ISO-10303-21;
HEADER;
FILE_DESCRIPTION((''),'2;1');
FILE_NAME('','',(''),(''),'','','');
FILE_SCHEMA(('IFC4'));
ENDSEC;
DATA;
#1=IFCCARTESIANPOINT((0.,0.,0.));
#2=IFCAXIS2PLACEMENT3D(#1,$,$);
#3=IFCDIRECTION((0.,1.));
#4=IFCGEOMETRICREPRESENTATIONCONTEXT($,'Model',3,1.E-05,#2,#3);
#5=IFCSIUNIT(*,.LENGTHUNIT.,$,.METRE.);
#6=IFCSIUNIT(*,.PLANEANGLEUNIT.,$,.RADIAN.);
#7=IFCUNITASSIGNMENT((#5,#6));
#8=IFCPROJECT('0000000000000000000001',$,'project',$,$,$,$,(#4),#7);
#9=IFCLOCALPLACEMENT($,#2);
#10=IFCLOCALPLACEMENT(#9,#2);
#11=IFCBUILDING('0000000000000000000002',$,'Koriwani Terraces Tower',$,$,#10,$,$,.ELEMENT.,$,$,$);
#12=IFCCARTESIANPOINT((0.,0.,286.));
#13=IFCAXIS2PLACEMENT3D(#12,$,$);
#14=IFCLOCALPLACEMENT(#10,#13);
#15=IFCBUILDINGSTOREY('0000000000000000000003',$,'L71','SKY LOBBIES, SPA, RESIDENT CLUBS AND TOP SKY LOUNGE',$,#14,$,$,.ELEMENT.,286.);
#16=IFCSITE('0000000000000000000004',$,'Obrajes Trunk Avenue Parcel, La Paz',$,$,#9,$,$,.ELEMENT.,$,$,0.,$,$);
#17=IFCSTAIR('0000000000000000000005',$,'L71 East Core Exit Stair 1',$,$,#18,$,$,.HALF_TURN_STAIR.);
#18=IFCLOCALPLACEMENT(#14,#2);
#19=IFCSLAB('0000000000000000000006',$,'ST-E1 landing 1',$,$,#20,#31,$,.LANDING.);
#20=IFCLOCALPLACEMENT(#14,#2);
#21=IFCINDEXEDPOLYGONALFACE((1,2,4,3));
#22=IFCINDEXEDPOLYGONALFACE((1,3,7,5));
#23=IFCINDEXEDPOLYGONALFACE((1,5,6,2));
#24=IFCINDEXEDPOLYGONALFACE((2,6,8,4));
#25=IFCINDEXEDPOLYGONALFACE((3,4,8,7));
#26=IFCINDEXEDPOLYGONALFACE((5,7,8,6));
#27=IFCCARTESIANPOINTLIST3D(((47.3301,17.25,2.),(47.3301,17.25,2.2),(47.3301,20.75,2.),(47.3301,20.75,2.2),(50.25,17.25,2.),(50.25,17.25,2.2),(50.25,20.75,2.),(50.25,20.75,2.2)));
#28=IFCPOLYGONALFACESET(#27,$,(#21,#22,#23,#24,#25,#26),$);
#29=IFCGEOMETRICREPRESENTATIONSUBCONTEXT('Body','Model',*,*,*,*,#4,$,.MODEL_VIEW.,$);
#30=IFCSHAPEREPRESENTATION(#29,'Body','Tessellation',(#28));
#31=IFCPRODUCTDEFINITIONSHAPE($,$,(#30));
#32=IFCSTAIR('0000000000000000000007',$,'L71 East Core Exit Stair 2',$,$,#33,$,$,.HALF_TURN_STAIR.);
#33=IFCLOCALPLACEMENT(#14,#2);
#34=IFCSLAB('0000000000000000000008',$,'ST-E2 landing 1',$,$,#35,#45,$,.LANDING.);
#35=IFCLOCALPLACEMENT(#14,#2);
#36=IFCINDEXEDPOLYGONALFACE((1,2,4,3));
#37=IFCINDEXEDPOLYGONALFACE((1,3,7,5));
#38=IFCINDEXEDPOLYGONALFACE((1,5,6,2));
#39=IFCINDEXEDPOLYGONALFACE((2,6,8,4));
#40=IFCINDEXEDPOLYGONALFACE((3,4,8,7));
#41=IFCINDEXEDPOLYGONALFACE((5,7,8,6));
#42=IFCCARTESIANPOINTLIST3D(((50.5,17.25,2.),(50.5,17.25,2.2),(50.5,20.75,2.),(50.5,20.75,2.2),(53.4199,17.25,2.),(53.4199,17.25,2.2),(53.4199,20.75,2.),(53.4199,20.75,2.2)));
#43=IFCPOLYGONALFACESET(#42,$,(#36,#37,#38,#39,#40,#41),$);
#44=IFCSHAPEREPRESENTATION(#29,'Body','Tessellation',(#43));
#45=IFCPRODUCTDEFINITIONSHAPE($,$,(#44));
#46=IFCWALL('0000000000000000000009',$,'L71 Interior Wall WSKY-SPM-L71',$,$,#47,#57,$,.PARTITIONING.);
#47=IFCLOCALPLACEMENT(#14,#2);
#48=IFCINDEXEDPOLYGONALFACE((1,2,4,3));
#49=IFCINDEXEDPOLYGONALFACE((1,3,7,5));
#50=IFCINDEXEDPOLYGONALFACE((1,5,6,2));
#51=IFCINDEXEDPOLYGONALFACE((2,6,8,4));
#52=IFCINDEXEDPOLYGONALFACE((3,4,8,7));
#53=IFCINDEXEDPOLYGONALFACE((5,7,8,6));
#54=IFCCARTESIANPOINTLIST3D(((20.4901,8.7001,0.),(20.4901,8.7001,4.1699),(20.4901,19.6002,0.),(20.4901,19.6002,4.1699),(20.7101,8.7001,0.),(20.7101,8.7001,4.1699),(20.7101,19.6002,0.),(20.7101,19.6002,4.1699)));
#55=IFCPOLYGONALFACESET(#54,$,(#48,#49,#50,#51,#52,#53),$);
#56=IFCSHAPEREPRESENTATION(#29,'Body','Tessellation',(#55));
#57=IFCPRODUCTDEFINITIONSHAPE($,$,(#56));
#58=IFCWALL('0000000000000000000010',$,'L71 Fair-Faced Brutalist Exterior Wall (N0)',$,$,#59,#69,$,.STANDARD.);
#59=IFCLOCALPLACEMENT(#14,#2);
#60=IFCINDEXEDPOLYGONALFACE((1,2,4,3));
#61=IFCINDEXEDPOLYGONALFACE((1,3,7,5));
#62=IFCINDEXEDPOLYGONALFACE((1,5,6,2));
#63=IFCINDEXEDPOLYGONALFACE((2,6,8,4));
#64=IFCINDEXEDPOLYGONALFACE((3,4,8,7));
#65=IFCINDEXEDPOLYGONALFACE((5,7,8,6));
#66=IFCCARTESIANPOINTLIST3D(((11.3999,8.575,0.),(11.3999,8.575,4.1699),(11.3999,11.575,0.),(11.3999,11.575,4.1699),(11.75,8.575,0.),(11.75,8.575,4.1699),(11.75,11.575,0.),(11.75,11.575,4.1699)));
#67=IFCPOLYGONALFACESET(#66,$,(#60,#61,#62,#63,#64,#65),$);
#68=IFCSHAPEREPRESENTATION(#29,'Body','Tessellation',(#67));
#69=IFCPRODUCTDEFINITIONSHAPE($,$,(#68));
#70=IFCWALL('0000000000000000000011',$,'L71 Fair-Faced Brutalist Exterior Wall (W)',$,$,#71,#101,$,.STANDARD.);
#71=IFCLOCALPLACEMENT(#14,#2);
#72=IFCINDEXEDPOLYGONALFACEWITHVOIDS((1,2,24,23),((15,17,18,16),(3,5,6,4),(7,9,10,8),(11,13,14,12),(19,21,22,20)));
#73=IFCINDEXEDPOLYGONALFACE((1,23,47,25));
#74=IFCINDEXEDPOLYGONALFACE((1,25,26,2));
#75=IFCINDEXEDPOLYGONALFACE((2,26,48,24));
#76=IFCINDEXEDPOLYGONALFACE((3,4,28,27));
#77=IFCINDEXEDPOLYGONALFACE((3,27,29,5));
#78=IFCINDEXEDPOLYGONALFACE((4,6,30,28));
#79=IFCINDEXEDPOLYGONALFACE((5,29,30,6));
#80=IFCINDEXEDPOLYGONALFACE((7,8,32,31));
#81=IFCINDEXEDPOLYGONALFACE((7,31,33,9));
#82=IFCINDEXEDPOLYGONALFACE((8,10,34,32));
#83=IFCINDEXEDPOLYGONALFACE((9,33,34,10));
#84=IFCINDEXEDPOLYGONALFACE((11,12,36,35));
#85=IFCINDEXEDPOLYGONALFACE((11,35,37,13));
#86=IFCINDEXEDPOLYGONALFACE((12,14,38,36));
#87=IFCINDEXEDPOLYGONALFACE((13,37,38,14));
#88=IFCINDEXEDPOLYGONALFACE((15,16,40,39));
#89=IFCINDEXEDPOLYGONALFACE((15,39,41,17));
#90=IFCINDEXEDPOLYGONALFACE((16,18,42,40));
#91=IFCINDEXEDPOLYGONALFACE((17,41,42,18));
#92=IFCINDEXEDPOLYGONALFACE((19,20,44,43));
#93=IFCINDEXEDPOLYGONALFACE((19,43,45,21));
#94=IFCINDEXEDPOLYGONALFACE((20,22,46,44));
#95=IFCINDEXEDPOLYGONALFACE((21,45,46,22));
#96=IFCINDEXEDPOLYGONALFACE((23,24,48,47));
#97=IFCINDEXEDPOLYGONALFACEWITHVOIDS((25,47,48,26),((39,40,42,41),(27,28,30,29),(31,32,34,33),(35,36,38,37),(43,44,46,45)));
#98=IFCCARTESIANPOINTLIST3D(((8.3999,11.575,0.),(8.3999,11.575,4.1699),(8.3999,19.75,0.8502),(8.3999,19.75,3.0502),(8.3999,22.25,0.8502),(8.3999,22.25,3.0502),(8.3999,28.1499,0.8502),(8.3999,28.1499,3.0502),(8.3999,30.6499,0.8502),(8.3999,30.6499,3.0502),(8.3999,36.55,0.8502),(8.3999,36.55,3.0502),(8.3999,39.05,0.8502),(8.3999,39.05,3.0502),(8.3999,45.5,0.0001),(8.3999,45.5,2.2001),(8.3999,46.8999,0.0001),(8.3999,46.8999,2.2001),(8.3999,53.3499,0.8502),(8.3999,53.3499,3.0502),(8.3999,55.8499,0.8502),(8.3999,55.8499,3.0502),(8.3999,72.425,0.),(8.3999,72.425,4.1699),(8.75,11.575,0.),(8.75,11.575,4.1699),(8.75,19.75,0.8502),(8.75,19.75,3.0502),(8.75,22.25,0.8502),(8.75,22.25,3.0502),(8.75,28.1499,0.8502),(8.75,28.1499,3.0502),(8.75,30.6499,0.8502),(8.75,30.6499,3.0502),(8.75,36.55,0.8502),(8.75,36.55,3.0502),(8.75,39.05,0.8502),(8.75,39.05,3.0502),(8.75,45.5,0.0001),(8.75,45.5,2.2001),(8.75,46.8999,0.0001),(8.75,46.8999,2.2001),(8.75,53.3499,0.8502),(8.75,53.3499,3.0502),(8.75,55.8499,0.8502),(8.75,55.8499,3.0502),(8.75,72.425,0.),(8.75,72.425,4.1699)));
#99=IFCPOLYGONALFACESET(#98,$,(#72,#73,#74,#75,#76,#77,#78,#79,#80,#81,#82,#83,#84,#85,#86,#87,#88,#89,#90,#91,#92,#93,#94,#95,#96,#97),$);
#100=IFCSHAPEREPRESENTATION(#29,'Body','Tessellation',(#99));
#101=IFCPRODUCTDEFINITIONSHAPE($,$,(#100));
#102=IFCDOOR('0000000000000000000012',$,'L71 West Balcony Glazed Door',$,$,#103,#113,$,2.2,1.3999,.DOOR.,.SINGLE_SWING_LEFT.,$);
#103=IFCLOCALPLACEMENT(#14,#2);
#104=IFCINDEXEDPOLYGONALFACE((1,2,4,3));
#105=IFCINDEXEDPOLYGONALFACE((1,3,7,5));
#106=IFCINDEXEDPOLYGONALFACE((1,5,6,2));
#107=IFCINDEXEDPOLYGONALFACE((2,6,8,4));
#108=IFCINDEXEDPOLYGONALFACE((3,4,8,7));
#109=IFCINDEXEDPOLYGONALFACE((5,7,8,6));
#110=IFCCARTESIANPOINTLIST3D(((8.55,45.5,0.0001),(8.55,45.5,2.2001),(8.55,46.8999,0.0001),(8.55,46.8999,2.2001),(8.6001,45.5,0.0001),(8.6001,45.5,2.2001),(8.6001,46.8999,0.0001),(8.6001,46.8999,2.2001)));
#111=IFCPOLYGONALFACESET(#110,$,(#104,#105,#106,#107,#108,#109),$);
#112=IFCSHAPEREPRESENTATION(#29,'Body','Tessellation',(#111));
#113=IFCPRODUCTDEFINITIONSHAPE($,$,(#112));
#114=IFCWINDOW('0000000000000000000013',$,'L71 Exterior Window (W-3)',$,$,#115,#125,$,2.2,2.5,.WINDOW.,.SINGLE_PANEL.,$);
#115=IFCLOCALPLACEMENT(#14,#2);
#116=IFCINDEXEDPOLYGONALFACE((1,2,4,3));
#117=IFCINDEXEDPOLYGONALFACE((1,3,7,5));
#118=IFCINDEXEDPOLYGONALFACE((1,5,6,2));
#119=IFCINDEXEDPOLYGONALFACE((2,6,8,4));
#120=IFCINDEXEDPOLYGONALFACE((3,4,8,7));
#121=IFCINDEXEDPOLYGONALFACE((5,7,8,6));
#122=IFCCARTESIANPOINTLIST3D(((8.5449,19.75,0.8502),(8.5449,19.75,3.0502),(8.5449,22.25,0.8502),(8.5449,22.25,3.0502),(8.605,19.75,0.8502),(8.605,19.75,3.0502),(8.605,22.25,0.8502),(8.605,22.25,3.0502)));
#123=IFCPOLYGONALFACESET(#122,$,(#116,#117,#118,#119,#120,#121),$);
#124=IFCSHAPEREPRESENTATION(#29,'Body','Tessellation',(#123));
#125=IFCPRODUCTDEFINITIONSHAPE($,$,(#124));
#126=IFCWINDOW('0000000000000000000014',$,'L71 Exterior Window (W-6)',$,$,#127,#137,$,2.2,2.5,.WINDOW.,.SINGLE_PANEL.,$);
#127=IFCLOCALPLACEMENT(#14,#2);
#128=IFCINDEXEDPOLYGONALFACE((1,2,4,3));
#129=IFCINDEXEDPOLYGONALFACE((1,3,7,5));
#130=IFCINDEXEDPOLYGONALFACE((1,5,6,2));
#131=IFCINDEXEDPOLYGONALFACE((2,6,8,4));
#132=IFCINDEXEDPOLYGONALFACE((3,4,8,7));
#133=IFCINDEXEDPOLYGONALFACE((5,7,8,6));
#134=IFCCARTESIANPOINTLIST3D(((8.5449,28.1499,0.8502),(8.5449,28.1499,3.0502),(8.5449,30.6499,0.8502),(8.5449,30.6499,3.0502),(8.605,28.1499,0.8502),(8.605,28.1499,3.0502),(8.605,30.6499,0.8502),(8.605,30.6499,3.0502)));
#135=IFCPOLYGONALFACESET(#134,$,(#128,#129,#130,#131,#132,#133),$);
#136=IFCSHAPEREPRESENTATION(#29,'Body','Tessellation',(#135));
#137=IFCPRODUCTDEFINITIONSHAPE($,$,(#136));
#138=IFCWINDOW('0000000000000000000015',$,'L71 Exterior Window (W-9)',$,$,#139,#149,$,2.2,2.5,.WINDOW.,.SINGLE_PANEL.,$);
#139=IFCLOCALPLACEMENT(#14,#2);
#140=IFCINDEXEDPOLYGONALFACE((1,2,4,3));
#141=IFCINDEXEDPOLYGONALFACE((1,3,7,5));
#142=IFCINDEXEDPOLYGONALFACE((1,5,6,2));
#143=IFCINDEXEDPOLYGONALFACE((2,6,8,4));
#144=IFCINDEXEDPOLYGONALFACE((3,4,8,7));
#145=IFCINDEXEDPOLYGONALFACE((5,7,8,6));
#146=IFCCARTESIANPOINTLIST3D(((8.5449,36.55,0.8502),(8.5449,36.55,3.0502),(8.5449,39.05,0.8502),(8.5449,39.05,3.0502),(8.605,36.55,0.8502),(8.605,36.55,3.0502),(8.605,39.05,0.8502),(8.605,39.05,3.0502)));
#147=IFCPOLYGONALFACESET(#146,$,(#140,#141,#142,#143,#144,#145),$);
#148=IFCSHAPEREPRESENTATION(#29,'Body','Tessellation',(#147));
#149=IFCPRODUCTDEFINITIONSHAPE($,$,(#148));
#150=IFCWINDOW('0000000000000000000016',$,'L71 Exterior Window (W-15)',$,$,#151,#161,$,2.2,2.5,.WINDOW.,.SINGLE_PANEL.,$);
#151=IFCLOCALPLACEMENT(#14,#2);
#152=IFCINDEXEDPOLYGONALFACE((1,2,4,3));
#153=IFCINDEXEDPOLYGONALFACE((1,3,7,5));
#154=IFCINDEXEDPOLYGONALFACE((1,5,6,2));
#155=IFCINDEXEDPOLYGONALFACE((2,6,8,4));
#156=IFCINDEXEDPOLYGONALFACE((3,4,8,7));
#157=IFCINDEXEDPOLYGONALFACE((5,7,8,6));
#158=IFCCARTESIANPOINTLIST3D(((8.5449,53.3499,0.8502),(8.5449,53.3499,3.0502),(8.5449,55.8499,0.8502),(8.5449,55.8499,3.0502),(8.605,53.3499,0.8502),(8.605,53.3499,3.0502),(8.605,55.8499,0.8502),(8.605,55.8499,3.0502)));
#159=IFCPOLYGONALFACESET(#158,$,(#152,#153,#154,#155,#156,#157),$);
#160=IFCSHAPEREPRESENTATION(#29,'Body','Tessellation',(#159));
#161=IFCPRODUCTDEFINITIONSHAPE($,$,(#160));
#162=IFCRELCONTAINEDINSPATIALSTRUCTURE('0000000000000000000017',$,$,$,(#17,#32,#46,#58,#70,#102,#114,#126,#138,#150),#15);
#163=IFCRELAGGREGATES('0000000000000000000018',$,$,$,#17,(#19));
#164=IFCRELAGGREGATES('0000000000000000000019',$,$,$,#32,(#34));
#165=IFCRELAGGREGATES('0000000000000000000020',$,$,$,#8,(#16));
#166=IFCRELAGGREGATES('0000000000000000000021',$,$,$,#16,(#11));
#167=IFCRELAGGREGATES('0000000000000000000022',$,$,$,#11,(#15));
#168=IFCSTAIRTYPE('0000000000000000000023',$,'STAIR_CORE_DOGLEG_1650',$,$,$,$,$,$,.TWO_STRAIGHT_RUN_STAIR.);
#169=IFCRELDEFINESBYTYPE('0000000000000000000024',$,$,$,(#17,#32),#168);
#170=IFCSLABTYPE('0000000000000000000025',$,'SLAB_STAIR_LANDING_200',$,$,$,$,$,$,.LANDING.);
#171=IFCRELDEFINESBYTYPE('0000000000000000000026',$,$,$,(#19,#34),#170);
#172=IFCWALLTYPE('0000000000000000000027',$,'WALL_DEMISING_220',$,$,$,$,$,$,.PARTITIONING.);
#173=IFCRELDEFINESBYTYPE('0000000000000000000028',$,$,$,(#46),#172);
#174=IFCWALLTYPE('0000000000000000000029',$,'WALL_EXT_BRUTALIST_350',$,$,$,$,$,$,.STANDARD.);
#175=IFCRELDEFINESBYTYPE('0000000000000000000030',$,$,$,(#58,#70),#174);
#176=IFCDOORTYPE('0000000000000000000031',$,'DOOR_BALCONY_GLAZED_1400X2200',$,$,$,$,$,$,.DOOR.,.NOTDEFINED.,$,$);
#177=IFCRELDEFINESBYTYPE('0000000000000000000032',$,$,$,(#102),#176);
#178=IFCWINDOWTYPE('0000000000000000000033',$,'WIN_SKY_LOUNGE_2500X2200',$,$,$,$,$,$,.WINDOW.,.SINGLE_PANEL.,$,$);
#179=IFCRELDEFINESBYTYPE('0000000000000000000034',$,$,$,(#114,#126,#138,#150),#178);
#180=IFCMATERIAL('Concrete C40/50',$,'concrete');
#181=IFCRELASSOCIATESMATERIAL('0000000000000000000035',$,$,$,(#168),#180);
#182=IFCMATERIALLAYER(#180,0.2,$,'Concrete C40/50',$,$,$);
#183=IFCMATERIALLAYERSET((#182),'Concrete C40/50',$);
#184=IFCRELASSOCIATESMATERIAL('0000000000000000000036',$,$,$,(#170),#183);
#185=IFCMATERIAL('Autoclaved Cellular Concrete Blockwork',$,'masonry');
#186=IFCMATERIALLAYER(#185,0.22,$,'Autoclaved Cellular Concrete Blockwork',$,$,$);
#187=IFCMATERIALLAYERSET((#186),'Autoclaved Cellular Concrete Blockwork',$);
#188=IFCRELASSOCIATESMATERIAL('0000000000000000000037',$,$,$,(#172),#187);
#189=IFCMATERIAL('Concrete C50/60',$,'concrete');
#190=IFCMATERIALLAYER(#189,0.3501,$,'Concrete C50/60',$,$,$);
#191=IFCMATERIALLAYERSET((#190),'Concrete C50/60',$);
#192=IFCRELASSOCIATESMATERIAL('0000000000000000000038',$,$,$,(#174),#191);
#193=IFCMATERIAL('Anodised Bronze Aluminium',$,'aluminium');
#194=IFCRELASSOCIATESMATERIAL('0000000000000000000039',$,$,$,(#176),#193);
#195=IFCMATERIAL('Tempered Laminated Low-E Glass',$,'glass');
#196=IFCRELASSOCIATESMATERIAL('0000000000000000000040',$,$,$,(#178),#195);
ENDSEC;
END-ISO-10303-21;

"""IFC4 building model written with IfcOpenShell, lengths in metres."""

from ifc_helpers import new_model, si_unit, direction, frame, frame_2d, origin, place, context, subcontext, project, spatial, polyline, rectangle, outline, extrude, material, layer, layer_set, type_object, element, fill, aggregate, save


model = new_model("IFC4")

# Units and contexts
model_context = context("Model", 3, precision=1e-05, world=origin(), true_north=direction((0.0, 1.0)))
body_context = subcontext(model_context, "Body", "Model", "MODEL_VIEW")
ifc_project = project(units=[si_unit("LENGTHUNIT", "METRE"), si_unit("PLANEANGLEUNIT", "RADIAN")], contexts=[model_context])

# Site, building, storey
site_placement = place(None, origin())
site = spatial("IfcSite", under=ifc_project, at=site_placement, Name="Obrajes Trunk Avenue Parcel, La Paz", CompositionType="ELEMENT", RefElevation=0.0)
building_placement = place(site_placement, origin())
building = spatial("IfcBuilding", under=site, at=building_placement, Name="Koriwani Terraces Tower", CompositionType="ELEMENT")
storey_placement = place(building_placement, frame((0.0, 0.0, 286.0)))
storey = spatial("IfcBuildingStorey", under=building, at=storey_placement, Name="L71", Description="SKY LOBBIES, SPA, RESIDENT CLUBS AND TOP SKY LOUNGE", CompositionType="ELEMENT", Elevation=286.0)

# Shared definitions
ifc_material_1 = material(Name="Concrete C50/60", Category="concrete")

# Shared definitions
ifc_material_2 = material(Name="Concrete C40/50", Category="concrete")

# Stairs, slabs
stair_type = type_object("IfcStairType", Name="STAIR_CORE_DOGLEG_1650", PredefinedType="TWO_STRAIGHT_RUN_STAIR", material=ifc_material_2)
ifc_layer_1 = layer(ifc_material_2, 0.2, Name="Concrete C40/50")
ifc_layer_set_1 = layer_set([ifc_layer_1], Name="Concrete C40/50")
slab_type_1 = type_object("IfcSlabType", Name="SLAB_STAIR_LANDING_200", PredefinedType="LANDING", material=ifc_layer_set_1)
stair_1_placement = place(storey_placement, origin())
stair_1 = element("IfcStair", 1, at=stair_1_placement, inside=storey, type_object=stair_type, Name="L71 East Core Exit Stair 1", PredefinedType="HALF_TURN_STAIR")
slab_1_placement = place(storey_placement, frame((0.0, 0.0, 2.0)))
slab_1 = element("IfcSlab", 2, at=slab_1_placement, type_object=slab_type_1, Name="ST-E1 landing 1", PredefinedType="LANDING", context=body_context, shape_type="SweptSolid", body=[
    extrude(outline(polyline([(47.3301, 17.25), (50.25, 17.25), (50.25, 20.75), (47.3301, 20.75), (47.3301, 17.25)])), origin(), (0.0, 0.0, 1.0), 0.2),
])
aggregate(stair_1, [slab_1])
stair_2_placement = place(storey_placement, origin())
stair_2 = element("IfcStair", 3, at=stair_2_placement, inside=storey, type_object=stair_type, Name="L71 East Core Exit Stair 2", PredefinedType="HALF_TURN_STAIR")
slab_2_placement = place(storey_placement, frame((0.0, 0.0, 2.0)))
slab_2 = element("IfcSlab", 4, at=slab_2_placement, type_object=slab_type_1, Name="ST-E2 landing 1", PredefinedType="LANDING", context=body_context, shape_type="SweptSolid", body=[
    extrude(outline(polyline([(53.4199, 20.75), (50.5, 20.75), (50.5, 17.25), (53.4199, 17.25), (53.4199, 20.75)])), origin(), (0.0, 0.0, 1.0), 0.2),
])
aggregate(stair_2, [slab_2])

# Walls
ifc_material_3 = material(Name="Autoclaved Cellular Concrete Blockwork", Category="masonry")
ifc_layer_2 = layer(ifc_material_3, 0.22, Name="Autoclaved Cellular Concrete Blockwork")
ifc_layer_set_2 = layer_set([ifc_layer_2], Name="Autoclaved Cellular Concrete Blockwork")
wall_type_1 = type_object("IfcWallType", Name="WALL_DEMISING_220", PredefinedType="PARTITIONING", material=ifc_layer_set_2)
wall_1_placement = place(storey_placement, frame((20.6001, 8.7, 0.0), z_axis=(0.0, 0.0, 1.0), x_axis=(0.0, 1.0, 0.0)))
element("IfcWall", 5, at=wall_1_placement, inside=storey, type_object=wall_type_1, Name="L71 Interior Wall WSKY-SPM-L71", PredefinedType="PARTITIONING", context=body_context, shape_type="SweptSolid", body=[
    extrude(rectangle(XDim=10.9001, YDim=0.22, at=frame_2d((5.4502, 0.0))), origin(), (0.0, 0.0, 1.0), 4.1699),
])
ifc_layer_3 = layer(ifc_material_1, 0.3501, Name="Concrete C50/60")
ifc_layer_set_3 = layer_set([ifc_layer_3], Name="Concrete C50/60")
wall_type_2 = type_object("IfcWallType", Name="WALL_EXT_BRUTALIST_350", PredefinedType="STANDARD", material=ifc_layer_set_3)
wall_2_placement = place(storey_placement, frame((11.575, 8.575, 0.0), z_axis=(0.0, 0.0, 1.0), x_axis=(0.0, 1.0, 0.0)))
element("IfcWall", 6, at=wall_2_placement, inside=storey, type_object=wall_type_2, Name="L71 Fair-Faced Brutalist Exterior Wall (N0)", PredefinedType="STANDARD", context=body_context, shape_type="SweptSolid", body=[
    extrude(rectangle(XDim=3.0, YDim=0.3501, at=frame_2d((1.5, 0.0))), origin(), (0.0, 0.0, 1.0), 4.1699),
])

# Wall, openings, door, windows
wall_3_placement = place(storey_placement, frame((8.575, 11.575, 0.0), z_axis=(0.0, 0.0, 1.0), x_axis=(0.0, 1.0, 0.0)))
wall_3 = element("IfcWall", 7, at=wall_3_placement, inside=storey, type_object=wall_type_2, Name="L71 Fair-Faced Brutalist Exterior Wall (W)", PredefinedType="STANDARD", context=body_context, shape_type="SweptSolid", body=[
    extrude(rectangle(XDim=60.8501, YDim=0.3501, at=frame_2d((30.425, 0.0))), origin(), (0.0, 0.0, 1.0), 4.1699),
])
opening_1_placement = place(wall_3_placement, frame((33.925, 0.0, 0.0)))
opening_1 = element("IfcOpeningElement", 8, at=opening_1_placement, cuts=wall_3, PredefinedType="OPENING", context=body_context, shape_type="SweptSolid", body=[
    extrude(rectangle(XDim=1.3999, YDim=2.2, at=frame_2d((0.7, 1.1001))), frame((0.0, 0.1851, 0.0), z_axis=(0.0, -1.0, 0.0), x_axis=(1.0, 0.0, 0.0)), (0.0, 0.0, 1.0), 0.3701),
])
opening_2_placement = place(wall_3_placement, frame((8.175, 0.0, 0.8501)))
opening_2 = element("IfcOpeningElement", 9, at=opening_2_placement, cuts=wall_3, PredefinedType="OPENING", context=body_context, shape_type="SweptSolid", body=[
    extrude(rectangle(XDim=2.5, YDim=2.2, at=frame_2d((1.25, 1.1001))), frame((0.0, 0.1851, 0.0), z_axis=(0.0, -1.0, 0.0), x_axis=(1.0, 0.0, 0.0)), (0.0, 0.0, 1.0), 0.3701),
])
opening_3_placement = place(wall_3_placement, frame((16.575, 0.0, 0.8501)))
opening_3 = element("IfcOpeningElement", 10, at=opening_3_placement, cuts=wall_3, PredefinedType="OPENING", context=body_context, shape_type="SweptSolid", body=[
    extrude(rectangle(XDim=2.5, YDim=2.2, at=frame_2d((1.25, 1.1001))), frame((0.0, 0.1851, 0.0), z_axis=(0.0, -1.0, 0.0), x_axis=(1.0, 0.0, 0.0)), (0.0, 0.0, 1.0), 0.3701),
])
opening_4_placement = place(wall_3_placement, frame((24.9751, 0.0, 0.8501)))
opening_4 = element("IfcOpeningElement", 11, at=opening_4_placement, cuts=wall_3, PredefinedType="OPENING", context=body_context, shape_type="SweptSolid", body=[
    extrude(rectangle(XDim=2.5, YDim=2.2, at=frame_2d((1.25, 1.1001))), frame((0.0, 0.1851, 0.0), z_axis=(0.0, -1.0, 0.0), x_axis=(1.0, 0.0, 0.0)), (0.0, 0.0, 1.0), 0.3701),
])
opening_5_placement = place(wall_3_placement, frame((41.7749, 0.0, 0.8501)))
opening_5 = element("IfcOpeningElement", 12, at=opening_5_placement, cuts=wall_3, PredefinedType="OPENING", context=body_context, shape_type="SweptSolid", body=[
    extrude(rectangle(XDim=2.5, YDim=2.2, at=frame_2d((1.25, 1.1001))), frame((0.0, 0.1851, 0.0), z_axis=(0.0, -1.0, 0.0), x_axis=(1.0, 0.0, 0.0)), (0.0, 0.0, 1.0), 0.3701),
])
ifc_material_4 = material(Name="Anodised Bronze Aluminium", Category="aluminium")
door_type = type_object("IfcDoorType", Name="DOOR_BALCONY_GLAZED_1400X2200", OperationType="NOTDEFINED", PredefinedType="DOOR", material=ifc_material_4)
door_placement = place(opening_1_placement, origin())
door = element("IfcDoor", 13, at=door_placement, inside=storey, type_object=door_type, Name="L71 West Balcony Glazed Door", OperationType="SINGLE_SWING_LEFT", OverallHeight=2.2, OverallWidth=1.3999, PredefinedType="DOOR", context=body_context, shape_type="SweptSolid", body=[
    extrude(rectangle(XDim=1.3999, YDim=2.2, at=frame_2d((0.7, 1.1001))), frame((0.0, 0.0249, 0.0), z_axis=(0.0, -1.0, 0.0), x_axis=(1.0, 0.0, 0.0)), (0.0, 0.0, 1.0), 0.05),
])
fill(opening_1, door)
ifc_material_5 = material(Name="Tempered Laminated Low-E Glass", Category="glass")
window_type = type_object("IfcWindowType", Name="WIN_SKY_LOUNGE_2500X2200", PartitioningType="SINGLE_PANEL", PredefinedType="WINDOW", material=ifc_material_5)
window_1_placement = place(opening_2_placement, origin())
window_1 = element("IfcWindow", 14, at=window_1_placement, inside=storey, type_object=window_type, Name="L71 Exterior Window (W-3)", OverallHeight=2.2, OverallWidth=2.5, PartitioningType="SINGLE_PANEL", PredefinedType="WINDOW", context=body_context, shape_type="SweptSolid", body=[
    extrude(rectangle(XDim=2.5, YDim=2.2, at=frame_2d((1.25, 1.1001))), frame((0.0, 0.03, 0.0), z_axis=(0.0, -1.0, 0.0), x_axis=(1.0, 0.0, 0.0)), (0.0, 0.0, 1.0), 0.0601),
])
fill(opening_2, window_1)
window_2_placement = place(opening_3_placement, origin())
window_2 = element("IfcWindow", 15, at=window_2_placement, inside=storey, type_object=window_type, Name="L71 Exterior Window (W-6)", OverallHeight=2.2, OverallWidth=2.5, PartitioningType="SINGLE_PANEL", PredefinedType="WINDOW", context=body_context, shape_type="SweptSolid", body=[
    extrude(rectangle(XDim=2.5, YDim=2.2, at=frame_2d((1.25, 1.1001))), frame((0.0, 0.03, 0.0), z_axis=(0.0, -1.0, 0.0), x_axis=(1.0, 0.0, 0.0)), (0.0, 0.0, 1.0), 0.0601),
])
fill(opening_3, window_2)
window_3_placement = place(opening_4_placement, origin())
window_3 = element("IfcWindow", 16, at=window_3_placement, inside=storey, type_object=window_type, Name="L71 Exterior Window (W-9)", OverallHeight=2.2, OverallWidth=2.5, PartitioningType="SINGLE_PANEL", PredefinedType="WINDOW", context=body_context, shape_type="SweptSolid", body=[
    extrude(rectangle(XDim=2.5, YDim=2.2, at=frame_2d((1.25, 1.1001))), frame((0.0, 0.03, 0.0), z_axis=(0.0, -1.0, 0.0), x_axis=(1.0, 0.0, 0.0)), (0.0, 0.0, 1.0), 0.0601),
])
fill(opening_4, window_3)
window_4_placement = place(opening_5_placement, origin())
window_4 = element("IfcWindow", 17, at=window_4_placement, inside=storey, type_object=window_type, Name="L71 Exterior Window (W-15)", OverallHeight=2.2, OverallWidth=2.5, PartitioningType="SINGLE_PANEL", PredefinedType="WINDOW", context=body_context, shape_type="SweptSolid", body=[
    extrude(rectangle(XDim=2.5, YDim=2.2, at=frame_2d((1.25, 1.1001))), frame((0.0, 0.03, 0.0), z_axis=(0.0, -1.0, 0.0), x_axis=(1.0, 0.0, 0.0)), (0.0, 0.0, 1.0), 0.0601),
])
fill(opening_5, window_4)

save(model, "model.ifc")
